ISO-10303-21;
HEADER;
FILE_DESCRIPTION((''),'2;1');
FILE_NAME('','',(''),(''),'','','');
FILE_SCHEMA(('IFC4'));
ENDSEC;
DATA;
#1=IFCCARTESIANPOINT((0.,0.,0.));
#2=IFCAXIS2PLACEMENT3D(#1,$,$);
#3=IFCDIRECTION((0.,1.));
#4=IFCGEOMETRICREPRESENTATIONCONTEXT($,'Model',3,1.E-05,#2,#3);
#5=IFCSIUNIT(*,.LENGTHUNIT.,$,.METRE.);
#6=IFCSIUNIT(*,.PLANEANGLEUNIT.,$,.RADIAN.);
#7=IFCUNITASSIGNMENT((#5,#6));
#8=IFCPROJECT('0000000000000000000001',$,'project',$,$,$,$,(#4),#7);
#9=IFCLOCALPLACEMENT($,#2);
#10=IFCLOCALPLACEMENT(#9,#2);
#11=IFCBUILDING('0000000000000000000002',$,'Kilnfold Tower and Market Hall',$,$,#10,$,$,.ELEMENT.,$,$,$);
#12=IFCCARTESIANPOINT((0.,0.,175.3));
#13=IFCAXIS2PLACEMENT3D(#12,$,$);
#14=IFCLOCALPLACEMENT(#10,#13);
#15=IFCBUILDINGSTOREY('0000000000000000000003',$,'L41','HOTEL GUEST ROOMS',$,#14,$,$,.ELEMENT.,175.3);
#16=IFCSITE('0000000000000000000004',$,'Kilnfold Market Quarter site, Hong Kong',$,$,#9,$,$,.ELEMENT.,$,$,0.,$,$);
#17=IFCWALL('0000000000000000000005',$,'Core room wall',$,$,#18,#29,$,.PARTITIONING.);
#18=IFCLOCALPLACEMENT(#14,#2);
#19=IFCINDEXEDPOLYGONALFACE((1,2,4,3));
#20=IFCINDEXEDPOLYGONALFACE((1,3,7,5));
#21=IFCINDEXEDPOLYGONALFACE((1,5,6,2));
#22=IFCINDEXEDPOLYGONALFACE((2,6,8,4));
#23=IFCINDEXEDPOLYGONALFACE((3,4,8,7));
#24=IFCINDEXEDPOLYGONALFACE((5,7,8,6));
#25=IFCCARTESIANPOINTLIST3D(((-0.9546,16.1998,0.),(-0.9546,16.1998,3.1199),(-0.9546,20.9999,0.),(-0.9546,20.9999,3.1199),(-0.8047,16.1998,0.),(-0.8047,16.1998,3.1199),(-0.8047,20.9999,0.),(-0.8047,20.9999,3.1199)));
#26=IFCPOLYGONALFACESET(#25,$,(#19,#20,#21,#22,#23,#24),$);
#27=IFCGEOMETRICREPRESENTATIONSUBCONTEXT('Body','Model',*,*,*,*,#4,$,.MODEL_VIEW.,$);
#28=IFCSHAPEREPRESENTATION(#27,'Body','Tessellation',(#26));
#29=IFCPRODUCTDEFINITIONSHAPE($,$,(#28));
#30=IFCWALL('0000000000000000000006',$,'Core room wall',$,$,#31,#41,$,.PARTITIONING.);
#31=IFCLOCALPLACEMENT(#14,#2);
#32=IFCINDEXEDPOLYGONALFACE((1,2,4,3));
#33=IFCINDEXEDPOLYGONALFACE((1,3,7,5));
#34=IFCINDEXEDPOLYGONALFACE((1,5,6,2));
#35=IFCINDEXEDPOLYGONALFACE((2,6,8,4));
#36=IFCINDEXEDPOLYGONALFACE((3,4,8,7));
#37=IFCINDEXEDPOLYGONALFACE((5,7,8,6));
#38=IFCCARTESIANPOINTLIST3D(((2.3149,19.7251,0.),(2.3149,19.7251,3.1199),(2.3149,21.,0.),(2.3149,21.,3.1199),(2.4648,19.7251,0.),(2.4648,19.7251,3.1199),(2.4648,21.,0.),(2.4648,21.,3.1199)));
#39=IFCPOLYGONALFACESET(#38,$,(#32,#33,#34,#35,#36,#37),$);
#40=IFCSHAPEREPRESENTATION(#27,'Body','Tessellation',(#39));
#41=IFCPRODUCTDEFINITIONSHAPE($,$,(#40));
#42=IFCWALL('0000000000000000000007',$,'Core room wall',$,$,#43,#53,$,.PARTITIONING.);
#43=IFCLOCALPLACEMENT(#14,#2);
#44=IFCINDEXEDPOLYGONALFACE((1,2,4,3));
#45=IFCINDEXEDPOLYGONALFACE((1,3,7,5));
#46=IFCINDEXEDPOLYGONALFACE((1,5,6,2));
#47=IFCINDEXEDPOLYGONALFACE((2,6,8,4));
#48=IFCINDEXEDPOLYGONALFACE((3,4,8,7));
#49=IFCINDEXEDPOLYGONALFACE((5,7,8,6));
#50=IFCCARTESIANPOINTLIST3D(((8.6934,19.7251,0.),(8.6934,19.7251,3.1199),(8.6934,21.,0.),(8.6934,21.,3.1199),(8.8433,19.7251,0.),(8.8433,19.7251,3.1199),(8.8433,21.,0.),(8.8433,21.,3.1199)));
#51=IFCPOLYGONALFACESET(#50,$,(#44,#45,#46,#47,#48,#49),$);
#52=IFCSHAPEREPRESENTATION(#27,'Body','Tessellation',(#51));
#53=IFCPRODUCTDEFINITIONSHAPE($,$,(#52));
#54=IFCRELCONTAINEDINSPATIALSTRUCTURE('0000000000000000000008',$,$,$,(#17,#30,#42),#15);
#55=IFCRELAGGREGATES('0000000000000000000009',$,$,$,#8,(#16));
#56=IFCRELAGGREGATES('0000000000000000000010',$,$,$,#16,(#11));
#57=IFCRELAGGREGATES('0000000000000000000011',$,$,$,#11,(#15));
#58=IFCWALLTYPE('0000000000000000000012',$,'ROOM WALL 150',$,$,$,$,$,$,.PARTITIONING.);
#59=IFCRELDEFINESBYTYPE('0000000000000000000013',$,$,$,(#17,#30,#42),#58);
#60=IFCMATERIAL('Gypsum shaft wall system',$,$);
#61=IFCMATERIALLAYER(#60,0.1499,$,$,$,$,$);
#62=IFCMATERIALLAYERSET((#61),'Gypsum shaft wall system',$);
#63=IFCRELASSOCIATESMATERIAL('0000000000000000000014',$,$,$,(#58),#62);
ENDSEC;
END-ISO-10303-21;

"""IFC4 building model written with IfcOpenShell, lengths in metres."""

from ifc_helpers import new_model, si_unit, direction, frame, frame_2d, origin, place, context, subcontext, project, spatial, rectangle, extrude, source, transform, mapped, material, layer, layer_set, type_object, element, save


model = new_model("IFC4")

# Units and contexts
model_context = context("Model", 3, precision=1e-05, world=origin(), true_north=direction((0.0, 1.0)))
body_context = subcontext(model_context, "Body", "Model", "MODEL_VIEW")
ifc_project = project(units=[si_unit("LENGTHUNIT", "METRE"), si_unit("PLANEANGLEUNIT", "RADIAN")], contexts=[model_context])

# Site, building, storey
site_placement = place(None, origin())
site = spatial("IfcSite", under=ifc_project, at=site_placement, Name="Kilnfold Market Quarter site, Hong Kong", CompositionType="ELEMENT", RefElevation=0.0)
building_placement = place(site_placement, origin())
building = spatial("IfcBuilding", under=site, at=building_placement, Name="Kilnfold Tower and Market Hall", CompositionType="ELEMENT")
storey_placement = place(building_placement, frame((0.0, 0.0, 175.3)))
storey = spatial("IfcBuildingStorey", under=building, at=storey_placement, Name="L41", Description="HOTEL GUEST ROOMS", CompositionType="ELEMENT", Elevation=175.3)

# Walls
ifc_material_1 = material(Name="Gypsum shaft wall system")
ifc_layer_1 = layer(ifc_material_1, 0.1499)
ifc_layer_set_1 = layer_set([ifc_layer_1], Name="Gypsum shaft wall system")
wall_type_1 = type_object("IfcWallType", Name="ROOM WALL 150", PredefinedType="PARTITIONING", material=ifc_layer_set_1)
shared_shape_1 = source(origin(), body_context, "Body", "SweptSolid", [
    extrude(rectangle(XDim=4.8, YDim=0.1499, at=frame_2d((2.3999, 0.0))), origin(), (0.0, 0.0, 1.0), 3.1199),
])
wall_1_placement = place(storey_placement, frame((-0.8796, 16.2, 0.0), z_axis=(0.0, 0.0, 1.0), x_axis=(0.0, 1.0, 0.0)))
element("IfcWall", 1, at=wall_1_placement, inside=storey, type_object=wall_type_1, Name="Core room wall", PredefinedType="PARTITIONING", context=body_context, shape_type="MappedRepresentation", body=[
    mapped(shared_shape_1, transform((0.0, 0.0, 0.0))),
])
shared_shape_2 = source(origin(), body_context, "Body", "SweptSolid", [
    extrude(rectangle(XDim=1.2749, YDim=0.1499, at=frame_2d((0.6375, 0.0))), origin(), (0.0, 0.0, 1.0), 3.1199),
])
for number, where, z_axis, x_axis, name in (
    (2, (2.3899, 19.7251, 0.0), (0.0, 0.0, 1.0), (0.0, 1.0, 0.0), "Core room wall"),
    (3, (8.7683, 19.7251, 0.0), (0.0, 0.0, 1.0), (0.0, 1.0, 0.0), "Core room wall"),
):
    element("IfcWall", number, at=place(storey_placement, frame(where, z_axis=z_axis, x_axis=x_axis)), inside=storey, type_object=wall_type_1, Name=name, PredefinedType="PARTITIONING", context=body_context, shape_type="MappedRepresentation", body=[
        mapped(shared_shape_2, transform((0.0, 0.0, 0.0))),
    ])

save(model, "model.ifc")
